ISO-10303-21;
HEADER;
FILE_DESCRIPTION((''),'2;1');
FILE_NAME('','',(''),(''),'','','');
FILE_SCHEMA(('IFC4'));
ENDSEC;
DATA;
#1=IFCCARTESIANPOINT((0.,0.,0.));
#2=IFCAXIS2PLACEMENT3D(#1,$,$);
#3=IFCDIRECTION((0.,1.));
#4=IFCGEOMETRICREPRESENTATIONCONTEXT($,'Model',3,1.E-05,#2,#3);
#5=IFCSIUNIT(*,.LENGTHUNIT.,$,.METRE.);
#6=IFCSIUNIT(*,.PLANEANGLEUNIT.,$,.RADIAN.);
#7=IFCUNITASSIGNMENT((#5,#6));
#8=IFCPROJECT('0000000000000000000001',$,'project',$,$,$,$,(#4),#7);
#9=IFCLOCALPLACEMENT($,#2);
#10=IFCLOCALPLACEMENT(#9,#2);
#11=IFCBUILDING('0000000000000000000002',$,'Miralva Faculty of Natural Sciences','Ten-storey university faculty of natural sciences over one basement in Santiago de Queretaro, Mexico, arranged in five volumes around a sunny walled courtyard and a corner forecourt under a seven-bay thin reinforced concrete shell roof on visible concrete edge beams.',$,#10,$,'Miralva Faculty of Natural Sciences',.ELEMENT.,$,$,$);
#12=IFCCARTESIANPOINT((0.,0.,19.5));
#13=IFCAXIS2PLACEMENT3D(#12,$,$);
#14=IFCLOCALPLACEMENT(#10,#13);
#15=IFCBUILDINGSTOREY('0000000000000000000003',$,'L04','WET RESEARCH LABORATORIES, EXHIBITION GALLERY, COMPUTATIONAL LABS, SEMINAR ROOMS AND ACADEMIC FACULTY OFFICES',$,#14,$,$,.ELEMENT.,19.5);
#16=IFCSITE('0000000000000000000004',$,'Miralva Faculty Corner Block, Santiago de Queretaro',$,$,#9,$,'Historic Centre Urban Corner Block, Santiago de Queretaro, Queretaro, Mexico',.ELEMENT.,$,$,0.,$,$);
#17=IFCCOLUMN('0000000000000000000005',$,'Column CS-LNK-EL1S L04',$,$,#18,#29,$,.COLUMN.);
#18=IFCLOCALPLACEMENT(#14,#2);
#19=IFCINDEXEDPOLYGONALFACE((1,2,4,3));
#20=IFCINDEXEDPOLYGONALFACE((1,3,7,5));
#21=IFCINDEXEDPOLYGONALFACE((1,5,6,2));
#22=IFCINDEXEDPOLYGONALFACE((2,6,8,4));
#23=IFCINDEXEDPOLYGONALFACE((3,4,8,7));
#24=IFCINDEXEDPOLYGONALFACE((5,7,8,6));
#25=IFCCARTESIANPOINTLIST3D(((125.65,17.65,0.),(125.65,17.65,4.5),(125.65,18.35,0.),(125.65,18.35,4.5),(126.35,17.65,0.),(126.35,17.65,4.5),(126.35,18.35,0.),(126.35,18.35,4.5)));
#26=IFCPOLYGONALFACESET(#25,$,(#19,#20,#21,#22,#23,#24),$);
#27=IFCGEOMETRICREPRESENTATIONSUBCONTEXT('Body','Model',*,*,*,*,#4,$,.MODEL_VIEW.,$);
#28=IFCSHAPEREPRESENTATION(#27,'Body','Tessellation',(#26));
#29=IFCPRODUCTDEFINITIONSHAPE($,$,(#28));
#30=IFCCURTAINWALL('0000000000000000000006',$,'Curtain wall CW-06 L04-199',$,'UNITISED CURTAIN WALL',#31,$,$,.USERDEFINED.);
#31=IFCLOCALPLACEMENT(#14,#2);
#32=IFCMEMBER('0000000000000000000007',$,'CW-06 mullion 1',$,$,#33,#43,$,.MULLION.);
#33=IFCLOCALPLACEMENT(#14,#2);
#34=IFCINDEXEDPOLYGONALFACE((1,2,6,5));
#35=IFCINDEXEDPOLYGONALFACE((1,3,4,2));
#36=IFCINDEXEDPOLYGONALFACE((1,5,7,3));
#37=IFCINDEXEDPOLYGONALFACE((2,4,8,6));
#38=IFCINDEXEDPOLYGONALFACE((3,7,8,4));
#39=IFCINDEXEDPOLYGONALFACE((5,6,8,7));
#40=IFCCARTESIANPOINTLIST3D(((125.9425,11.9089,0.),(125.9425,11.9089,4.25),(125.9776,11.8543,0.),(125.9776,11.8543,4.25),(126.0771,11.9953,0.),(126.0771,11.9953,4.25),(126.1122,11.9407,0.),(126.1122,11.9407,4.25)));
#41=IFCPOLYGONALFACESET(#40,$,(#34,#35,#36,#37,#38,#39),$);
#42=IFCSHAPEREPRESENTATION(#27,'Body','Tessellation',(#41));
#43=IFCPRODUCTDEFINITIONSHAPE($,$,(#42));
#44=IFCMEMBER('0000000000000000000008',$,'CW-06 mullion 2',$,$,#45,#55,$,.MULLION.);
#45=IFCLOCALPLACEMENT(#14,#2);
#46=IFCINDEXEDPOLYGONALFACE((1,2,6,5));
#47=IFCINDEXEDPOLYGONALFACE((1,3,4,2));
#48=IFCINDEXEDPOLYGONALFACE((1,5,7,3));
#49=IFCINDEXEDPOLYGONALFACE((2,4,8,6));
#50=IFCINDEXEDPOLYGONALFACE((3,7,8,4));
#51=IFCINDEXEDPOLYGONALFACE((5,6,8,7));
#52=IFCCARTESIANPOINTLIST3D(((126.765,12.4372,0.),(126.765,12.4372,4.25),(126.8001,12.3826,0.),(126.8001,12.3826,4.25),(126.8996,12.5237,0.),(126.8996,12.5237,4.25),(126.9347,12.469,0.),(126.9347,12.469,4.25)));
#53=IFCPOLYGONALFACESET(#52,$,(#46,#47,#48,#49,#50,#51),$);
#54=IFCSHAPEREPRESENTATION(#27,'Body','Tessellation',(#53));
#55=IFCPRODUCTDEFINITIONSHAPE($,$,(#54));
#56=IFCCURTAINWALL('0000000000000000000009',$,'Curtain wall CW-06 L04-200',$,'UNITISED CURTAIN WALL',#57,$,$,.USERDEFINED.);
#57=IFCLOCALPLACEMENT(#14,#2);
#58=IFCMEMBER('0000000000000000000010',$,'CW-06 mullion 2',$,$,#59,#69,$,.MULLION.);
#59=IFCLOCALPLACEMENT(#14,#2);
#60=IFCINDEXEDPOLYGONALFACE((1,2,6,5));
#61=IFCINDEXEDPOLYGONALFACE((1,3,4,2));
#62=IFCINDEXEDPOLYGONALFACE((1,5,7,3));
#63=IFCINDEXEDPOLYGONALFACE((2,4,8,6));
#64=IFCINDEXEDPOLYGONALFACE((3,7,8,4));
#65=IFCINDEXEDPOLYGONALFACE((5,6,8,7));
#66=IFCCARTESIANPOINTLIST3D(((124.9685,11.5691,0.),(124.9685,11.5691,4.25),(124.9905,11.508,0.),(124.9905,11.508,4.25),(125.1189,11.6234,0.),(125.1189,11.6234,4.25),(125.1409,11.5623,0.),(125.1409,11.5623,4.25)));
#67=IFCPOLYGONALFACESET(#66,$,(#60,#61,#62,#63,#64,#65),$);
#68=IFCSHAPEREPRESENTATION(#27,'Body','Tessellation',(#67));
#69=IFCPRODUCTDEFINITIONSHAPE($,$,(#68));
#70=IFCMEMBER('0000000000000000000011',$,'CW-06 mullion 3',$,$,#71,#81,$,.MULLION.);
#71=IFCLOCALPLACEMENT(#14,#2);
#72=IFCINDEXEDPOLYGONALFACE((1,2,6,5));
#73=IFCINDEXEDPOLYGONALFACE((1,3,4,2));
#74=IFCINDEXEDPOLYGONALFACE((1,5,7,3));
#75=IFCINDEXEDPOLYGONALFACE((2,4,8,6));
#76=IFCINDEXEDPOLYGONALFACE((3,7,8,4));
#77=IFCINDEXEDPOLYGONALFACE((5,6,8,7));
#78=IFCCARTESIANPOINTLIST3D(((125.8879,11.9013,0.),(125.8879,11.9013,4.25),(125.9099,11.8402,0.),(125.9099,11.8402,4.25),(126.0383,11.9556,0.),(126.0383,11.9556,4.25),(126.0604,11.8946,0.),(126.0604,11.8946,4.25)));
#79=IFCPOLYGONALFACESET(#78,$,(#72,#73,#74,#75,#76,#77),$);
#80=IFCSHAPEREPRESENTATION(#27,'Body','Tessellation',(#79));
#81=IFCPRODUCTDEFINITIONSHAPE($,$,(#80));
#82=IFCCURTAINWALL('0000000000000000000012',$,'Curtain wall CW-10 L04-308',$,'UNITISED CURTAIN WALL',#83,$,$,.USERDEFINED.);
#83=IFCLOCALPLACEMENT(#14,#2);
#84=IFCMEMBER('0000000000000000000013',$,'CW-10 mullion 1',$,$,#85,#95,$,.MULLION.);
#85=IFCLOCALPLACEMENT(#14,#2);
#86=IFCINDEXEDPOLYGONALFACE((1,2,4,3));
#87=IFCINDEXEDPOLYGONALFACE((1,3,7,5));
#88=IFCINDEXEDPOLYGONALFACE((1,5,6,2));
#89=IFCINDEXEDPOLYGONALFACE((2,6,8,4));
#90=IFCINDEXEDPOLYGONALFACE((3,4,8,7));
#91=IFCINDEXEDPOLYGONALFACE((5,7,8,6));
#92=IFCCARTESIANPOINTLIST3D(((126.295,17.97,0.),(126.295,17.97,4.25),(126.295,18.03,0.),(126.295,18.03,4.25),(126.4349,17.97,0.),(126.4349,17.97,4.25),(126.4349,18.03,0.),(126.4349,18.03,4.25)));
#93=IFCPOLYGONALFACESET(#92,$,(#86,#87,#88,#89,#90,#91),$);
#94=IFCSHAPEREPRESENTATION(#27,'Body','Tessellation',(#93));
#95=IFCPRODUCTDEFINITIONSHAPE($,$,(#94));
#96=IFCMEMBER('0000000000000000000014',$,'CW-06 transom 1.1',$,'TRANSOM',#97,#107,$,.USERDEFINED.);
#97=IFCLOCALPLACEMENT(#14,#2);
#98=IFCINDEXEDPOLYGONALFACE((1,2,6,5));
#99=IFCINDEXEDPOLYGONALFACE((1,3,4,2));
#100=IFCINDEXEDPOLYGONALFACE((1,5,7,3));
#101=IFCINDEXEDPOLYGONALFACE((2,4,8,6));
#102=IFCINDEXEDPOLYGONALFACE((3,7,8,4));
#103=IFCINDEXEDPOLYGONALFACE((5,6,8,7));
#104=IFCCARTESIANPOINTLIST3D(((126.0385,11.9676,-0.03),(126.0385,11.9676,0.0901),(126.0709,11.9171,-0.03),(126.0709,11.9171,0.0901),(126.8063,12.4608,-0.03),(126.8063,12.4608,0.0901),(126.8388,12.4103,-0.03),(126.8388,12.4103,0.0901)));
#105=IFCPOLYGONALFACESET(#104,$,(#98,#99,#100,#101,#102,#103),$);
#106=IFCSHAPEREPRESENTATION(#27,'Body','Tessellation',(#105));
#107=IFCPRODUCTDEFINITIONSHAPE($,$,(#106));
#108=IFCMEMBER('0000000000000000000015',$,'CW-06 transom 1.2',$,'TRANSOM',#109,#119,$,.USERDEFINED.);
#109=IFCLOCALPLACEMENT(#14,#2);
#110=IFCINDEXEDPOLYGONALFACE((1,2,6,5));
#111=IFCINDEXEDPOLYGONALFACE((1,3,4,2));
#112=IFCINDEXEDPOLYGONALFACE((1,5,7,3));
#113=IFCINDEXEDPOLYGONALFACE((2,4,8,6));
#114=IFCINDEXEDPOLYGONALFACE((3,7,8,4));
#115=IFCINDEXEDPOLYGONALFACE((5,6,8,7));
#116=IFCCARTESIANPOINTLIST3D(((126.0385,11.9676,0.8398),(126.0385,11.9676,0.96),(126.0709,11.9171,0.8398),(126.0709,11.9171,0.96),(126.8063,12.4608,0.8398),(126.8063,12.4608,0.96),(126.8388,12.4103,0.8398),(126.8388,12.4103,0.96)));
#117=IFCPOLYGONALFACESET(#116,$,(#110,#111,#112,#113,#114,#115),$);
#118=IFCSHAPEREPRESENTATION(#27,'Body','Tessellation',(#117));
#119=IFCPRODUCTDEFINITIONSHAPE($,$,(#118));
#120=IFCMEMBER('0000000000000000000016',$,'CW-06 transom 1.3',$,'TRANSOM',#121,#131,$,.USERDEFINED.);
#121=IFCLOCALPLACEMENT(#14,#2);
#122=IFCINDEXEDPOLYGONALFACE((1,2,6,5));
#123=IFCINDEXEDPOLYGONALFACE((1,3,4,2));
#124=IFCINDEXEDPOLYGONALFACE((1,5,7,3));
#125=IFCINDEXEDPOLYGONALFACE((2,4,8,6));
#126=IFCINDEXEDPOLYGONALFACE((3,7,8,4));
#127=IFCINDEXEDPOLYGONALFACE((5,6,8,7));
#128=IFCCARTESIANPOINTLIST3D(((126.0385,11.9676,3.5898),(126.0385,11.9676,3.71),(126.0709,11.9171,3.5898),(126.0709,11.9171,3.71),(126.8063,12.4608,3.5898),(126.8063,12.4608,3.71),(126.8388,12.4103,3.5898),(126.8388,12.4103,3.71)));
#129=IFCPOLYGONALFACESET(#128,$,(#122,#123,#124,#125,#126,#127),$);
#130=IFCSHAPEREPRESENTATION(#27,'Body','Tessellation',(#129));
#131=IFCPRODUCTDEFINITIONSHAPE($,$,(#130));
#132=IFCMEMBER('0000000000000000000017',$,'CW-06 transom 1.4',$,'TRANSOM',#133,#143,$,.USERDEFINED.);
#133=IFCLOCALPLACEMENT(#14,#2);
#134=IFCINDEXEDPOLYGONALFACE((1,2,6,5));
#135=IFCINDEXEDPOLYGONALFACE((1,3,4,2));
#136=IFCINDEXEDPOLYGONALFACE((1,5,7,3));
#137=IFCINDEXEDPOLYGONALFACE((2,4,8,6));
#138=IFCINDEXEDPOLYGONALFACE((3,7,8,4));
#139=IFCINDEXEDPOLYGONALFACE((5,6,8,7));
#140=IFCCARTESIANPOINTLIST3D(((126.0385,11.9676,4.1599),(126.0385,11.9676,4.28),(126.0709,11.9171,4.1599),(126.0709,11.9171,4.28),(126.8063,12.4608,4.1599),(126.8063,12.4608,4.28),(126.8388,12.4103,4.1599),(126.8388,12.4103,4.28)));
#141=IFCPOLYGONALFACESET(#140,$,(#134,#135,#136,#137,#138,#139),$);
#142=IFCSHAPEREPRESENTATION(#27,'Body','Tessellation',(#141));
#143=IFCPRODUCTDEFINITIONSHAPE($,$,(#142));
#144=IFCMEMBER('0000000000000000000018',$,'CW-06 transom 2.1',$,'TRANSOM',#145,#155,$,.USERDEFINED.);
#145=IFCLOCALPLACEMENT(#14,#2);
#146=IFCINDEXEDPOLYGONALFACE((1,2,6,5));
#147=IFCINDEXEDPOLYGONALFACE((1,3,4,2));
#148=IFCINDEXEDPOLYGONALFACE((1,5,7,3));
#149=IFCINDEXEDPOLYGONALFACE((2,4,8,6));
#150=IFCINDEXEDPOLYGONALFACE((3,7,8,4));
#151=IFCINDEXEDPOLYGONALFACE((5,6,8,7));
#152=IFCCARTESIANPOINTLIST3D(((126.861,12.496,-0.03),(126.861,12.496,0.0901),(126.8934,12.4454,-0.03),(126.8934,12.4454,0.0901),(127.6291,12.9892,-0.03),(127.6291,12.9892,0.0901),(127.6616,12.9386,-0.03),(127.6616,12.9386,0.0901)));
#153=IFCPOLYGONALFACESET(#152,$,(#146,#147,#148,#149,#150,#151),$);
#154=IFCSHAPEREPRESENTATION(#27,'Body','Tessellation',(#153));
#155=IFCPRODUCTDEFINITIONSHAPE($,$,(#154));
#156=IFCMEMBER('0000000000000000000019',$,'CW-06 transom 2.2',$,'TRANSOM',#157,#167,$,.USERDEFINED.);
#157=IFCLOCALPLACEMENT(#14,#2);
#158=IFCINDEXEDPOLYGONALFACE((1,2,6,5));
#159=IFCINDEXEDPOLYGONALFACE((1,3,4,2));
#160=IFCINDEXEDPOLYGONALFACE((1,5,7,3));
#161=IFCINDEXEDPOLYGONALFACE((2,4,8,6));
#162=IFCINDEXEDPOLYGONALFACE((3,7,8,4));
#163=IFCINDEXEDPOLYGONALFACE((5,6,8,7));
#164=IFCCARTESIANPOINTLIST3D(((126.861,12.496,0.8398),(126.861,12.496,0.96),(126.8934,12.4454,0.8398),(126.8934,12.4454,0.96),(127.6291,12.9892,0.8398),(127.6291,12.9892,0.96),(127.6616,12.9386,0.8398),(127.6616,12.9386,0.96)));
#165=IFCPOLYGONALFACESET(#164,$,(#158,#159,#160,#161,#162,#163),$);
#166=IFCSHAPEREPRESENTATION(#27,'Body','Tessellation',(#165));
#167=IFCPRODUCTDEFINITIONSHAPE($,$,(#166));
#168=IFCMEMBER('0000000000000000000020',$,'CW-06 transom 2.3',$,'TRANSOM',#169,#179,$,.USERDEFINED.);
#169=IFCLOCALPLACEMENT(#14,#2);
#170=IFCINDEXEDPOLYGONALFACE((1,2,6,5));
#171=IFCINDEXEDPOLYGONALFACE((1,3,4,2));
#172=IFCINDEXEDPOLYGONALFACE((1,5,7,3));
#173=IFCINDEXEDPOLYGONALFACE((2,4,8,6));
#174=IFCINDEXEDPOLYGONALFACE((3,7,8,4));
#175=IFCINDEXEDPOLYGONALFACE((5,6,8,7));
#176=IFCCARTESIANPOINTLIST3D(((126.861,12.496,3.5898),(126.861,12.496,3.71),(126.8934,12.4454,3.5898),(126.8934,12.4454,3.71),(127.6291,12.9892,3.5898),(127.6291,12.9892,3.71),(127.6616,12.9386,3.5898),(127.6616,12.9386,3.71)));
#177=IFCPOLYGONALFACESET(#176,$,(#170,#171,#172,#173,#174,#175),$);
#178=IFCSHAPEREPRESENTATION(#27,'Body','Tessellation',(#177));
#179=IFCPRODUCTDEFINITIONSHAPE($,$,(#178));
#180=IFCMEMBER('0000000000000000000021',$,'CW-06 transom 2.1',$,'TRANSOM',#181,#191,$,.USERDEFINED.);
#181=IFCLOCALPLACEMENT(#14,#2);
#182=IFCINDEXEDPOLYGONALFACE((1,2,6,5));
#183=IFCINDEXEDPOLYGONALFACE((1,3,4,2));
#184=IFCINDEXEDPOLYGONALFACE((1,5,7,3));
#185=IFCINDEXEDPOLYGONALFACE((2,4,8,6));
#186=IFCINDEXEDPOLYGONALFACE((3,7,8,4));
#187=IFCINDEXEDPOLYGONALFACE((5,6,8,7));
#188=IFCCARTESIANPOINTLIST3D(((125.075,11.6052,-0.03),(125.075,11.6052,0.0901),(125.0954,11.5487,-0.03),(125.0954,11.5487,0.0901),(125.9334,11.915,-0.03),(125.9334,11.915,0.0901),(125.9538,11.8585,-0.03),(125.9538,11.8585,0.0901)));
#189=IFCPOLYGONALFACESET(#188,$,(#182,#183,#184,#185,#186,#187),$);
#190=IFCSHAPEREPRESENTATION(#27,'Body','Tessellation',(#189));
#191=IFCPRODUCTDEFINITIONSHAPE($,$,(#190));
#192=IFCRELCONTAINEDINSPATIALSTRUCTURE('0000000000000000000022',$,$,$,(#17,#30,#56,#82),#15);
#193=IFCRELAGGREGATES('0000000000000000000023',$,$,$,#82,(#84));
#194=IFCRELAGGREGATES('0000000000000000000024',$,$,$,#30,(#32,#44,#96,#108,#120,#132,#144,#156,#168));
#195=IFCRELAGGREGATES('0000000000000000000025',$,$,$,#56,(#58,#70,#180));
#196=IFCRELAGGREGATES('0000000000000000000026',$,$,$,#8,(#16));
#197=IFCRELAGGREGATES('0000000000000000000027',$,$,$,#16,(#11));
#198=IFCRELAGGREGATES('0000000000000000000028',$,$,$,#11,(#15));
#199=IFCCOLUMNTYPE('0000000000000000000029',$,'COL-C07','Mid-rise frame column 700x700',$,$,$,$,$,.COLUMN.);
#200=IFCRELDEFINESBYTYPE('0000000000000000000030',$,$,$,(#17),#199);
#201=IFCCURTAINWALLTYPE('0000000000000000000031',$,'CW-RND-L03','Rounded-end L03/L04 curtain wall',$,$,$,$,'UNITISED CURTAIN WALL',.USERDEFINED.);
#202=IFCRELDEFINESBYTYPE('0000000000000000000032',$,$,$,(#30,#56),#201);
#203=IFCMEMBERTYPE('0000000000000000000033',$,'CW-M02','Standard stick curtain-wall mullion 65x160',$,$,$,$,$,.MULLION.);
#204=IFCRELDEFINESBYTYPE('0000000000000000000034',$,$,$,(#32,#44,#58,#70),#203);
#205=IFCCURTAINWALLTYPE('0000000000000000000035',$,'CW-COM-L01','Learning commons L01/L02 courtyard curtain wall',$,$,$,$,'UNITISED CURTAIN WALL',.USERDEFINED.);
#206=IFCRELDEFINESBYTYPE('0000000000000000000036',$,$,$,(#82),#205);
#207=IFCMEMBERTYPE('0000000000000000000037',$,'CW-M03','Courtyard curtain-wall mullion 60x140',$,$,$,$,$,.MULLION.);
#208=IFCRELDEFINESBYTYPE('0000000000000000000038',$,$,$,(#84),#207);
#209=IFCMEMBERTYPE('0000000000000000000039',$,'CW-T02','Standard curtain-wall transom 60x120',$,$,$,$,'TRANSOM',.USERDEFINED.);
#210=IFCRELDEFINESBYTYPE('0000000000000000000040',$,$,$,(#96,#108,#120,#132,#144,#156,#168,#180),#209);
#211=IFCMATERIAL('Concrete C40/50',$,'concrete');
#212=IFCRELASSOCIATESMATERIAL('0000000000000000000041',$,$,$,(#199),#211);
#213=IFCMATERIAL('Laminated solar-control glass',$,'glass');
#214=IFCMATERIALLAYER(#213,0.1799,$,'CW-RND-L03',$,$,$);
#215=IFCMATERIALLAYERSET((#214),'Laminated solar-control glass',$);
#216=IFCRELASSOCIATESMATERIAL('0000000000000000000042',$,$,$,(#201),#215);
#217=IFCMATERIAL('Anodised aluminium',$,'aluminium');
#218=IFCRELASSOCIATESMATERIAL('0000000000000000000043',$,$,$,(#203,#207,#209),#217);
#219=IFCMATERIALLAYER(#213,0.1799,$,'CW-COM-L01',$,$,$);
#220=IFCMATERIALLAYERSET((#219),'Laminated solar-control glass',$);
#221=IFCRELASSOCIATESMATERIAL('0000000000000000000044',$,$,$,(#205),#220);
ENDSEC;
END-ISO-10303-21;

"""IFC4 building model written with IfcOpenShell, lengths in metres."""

from ifc_helpers import new_model, si_unit, direction, frame, origin, origin_2d, place, context, subcontext, project, spatial, rectangle, extrude, material, layer, layer_set, material_profile, profile_set, type_object, element, aggregate, save


model = new_model("IFC4")

# Units and contexts
model_context = context("Model", 3, precision=1e-05, world=origin(), true_north=direction((0.0, 1.0)))
body_context = subcontext(model_context, "Body", "Model", "MODEL_VIEW")
ifc_project = project(units=[si_unit("LENGTHUNIT", "METRE"), si_unit("PLANEANGLEUNIT", "RADIAN")], contexts=[model_context])

# Site, building, storey
site_placement = place(None, origin())
site = spatial("IfcSite", under=ifc_project, at=site_placement, Name="Miralva Faculty Corner Block, Santiago de Queretaro", LongName="Historic Centre Urban Corner Block, Santiago de Queretaro, Queretaro, Mexico", CompositionType="ELEMENT", RefElevation=0.0)
building_placement = place(site_placement, origin())
building = spatial("IfcBuilding", under=site, at=building_placement, Name="Miralva Faculty of Natural Sciences", Description="Ten-storey university faculty of natural sciences over one basement in Santiago de Queretaro, Mexico, arranged in five volumes around a sunny walled courtyard and a corner forecourt under a seven-bay thin reinforced concrete shell roof on visible concrete edge beams.", LongName="Miralva Faculty of Natural Sciences", CompositionType="ELEMENT")
storey_placement = place(building_placement, frame((0.0, 0.0, 19.5)))
storey = spatial("IfcBuildingStorey", under=building, at=storey_placement, Name="L04", Description="WET RESEARCH LABORATORIES, EXHIBITION GALLERY, COMPUTATIONAL LABS, SEMINAR ROOMS AND ACADEMIC FACULTY OFFICES", CompositionType="ELEMENT", Elevation=19.5)

# Column
ifc_material_1 = material(Name="Concrete C40/50", Category="concrete")
ifc_material_profile_1 = material_profile(ifc_material_1, rectangle(XDim=0.7, YDim=0.7, at=origin_2d()), Name="RC 700x700")
ifc_profile_set_1 = profile_set([ifc_material_profile_1], Name="Concrete C40/50")
column_type = type_object("IfcColumnType", Name="COL-C07", Description="Mid-rise frame column 700x700", PredefinedType="COLUMN", material=ifc_profile_set_1)
column_placement = place(storey_placement, frame((126.0, 18.0, 0.0), z_axis=(0.0, 0.0, 1.0), x_axis=(1.0, 0.0, 0.0)))
element("IfcColumn", 1, at=column_placement, inside=storey, type_object=column_type, Name="Column CS-LNK-EL1S L04", PredefinedType="COLUMN", context=body_context, shape_type="SweptSolid", body=[
    extrude(rectangle(XDim=0.7, YDim=0.7, at=origin_2d()), origin(), (0.0, 0.0, 1.0), 4.5),
])

# Curtain walls, members
ifc_material_2 = material(Name="Laminated solar-control glass", Category="glass")
ifc_layer_1 = layer(ifc_material_2, 0.1799, Name="CW-RND-L03")
ifc_layer_set_1 = layer_set([ifc_layer_1], Name="Laminated solar-control glass")
curtain_wall_type_1 = type_object("IfcCurtainWallType", Name="CW-RND-L03", Description="Rounded-end L03/L04 curtain wall", ElementType="UNITISED CURTAIN WALL", PredefinedType="USERDEFINED", material=ifc_layer_set_1)
curtain_wall_1_placement = place(storey_placement, origin())
curtain_wall_1 = element("IfcCurtainWall", 2, at=curtain_wall_1_placement, inside=storey, type_object=curtain_wall_type_1, Name="Curtain wall CW-06 L04-199", ObjectType="UNITISED CURTAIN WALL", PredefinedType="USERDEFINED")
ifc_material_3 = material(Name="Anodised aluminium", Category="aluminium")
ifc_material_profile_2 = material_profile(ifc_material_3, rectangle(XDim=0.0649, YDim=0.1599, at=origin_2d()), Name="MULLION 65x160")
ifc_profile_set_2 = profile_set([ifc_material_profile_2], Name="Anodised aluminium")
member_type_1 = type_object("IfcMemberType", Name="CW-M02", Description="Standard stick curtain-wall mullion 65x160", PredefinedType="MULLION", material=ifc_profile_set_2)
member_1_placement = place(storey_placement, frame((126.0273, 11.9248, 0.0), z_axis=(0.0, 0.0, 1.0), x_axis=(-0.540445, 0.841379, 0.0)))
member_1 = element("IfcMember", 3, at=member_1_placement, type_object=member_type_1, Name="CW-06 mullion 1", PredefinedType="MULLION", context=body_context, shape_type="SweptSolid", body=[
    extrude(rectangle(XDim=0.0649, YDim=0.1599, at=origin_2d()), origin(), (0.0, 0.0, 1.0), 4.25),
])
member_2_placement = place(storey_placement, frame((126.8499, 12.4531, 0.0), z_axis=(0.0, 0.0, 1.0), x_axis=(-0.540445, 0.841379, 0.0)))
member_2 = element("IfcMember", 4, at=member_2_placement, type_object=member_type_1, Name="CW-06 mullion 2", PredefinedType="MULLION", context=body_context, shape_type="SweptSolid", body=[
    extrude(rectangle(XDim=0.0649, YDim=0.1599, at=origin_2d()), origin(), (0.0, 0.0, 1.0), 4.25),
])
curtain_wall_2_placement = place(storey_placement, origin())
curtain_wall_2 = element("IfcCurtainWall", 5, at=curtain_wall_2_placement, inside=storey, type_object=curtain_wall_type_1, Name="Curtain wall CW-06 L04-200", ObjectType="UNITISED CURTAIN WALL", PredefinedType="USERDEFINED")
member_3_placement = place(storey_placement, frame((125.0547, 11.5657, 0.0), z_axis=(0.0, 0.0, 1.0), x_axis=(-0.339696, 0.940535, 0.0)))
member_3 = element("IfcMember", 6, at=member_3_placement, type_object=member_type_1, Name="CW-06 mullion 2", PredefinedType="MULLION", context=body_context, shape_type="SweptSolid", body=[
    extrude(rectangle(XDim=0.0649, YDim=0.1599, at=origin_2d()), origin(), (0.0, 0.0, 1.0), 4.25),
])
member_4_placement = place(storey_placement, frame((125.9741, 11.8979, 0.0), z_axis=(0.0, 0.0, 1.0), x_axis=(-0.339696, 0.940535, 0.0)))
member_4 = element("IfcMember", 7, at=member_4_placement, type_object=member_type_1, Name="CW-06 mullion 3", PredefinedType="MULLION", context=body_context, shape_type="SweptSolid", body=[
    extrude(rectangle(XDim=0.0649, YDim=0.1599, at=origin_2d()), origin(), (0.0, 0.0, 1.0), 4.25),
])

# Curtain wall, member
ifc_layer_2 = layer(ifc_material_2, 0.1799, Name="CW-COM-L01")
ifc_layer_set_2 = layer_set([ifc_layer_2], Name="Laminated solar-control glass")
curtain_wall_type_2 = type_object("IfcCurtainWallType", Name="CW-COM-L01", Description="Learning commons L01/L02 courtyard curtain wall", ElementType="UNITISED CURTAIN WALL", PredefinedType="USERDEFINED", material=ifc_layer_set_2)
curtain_wall_3_placement = place(storey_placement, origin())
curtain_wall_3 = element("IfcCurtainWall", 8, at=curtain_wall_3_placement, inside=storey, type_object=curtain_wall_type_2, Name="Curtain wall CW-10 L04-308", ObjectType="UNITISED CURTAIN WALL", PredefinedType="USERDEFINED")
ifc_material_profile_3 = material_profile(ifc_material_3, rectangle(XDim=0.0601, YDim=0.1399, at=origin_2d()), Name="MULLION 60x140")
ifc_profile_set_3 = profile_set([ifc_material_profile_3], Name="Anodised aluminium")
member_type_2 = type_object("IfcMemberType", Name="CW-M03", Description="Courtyard curtain-wall mullion 60x140", PredefinedType="MULLION", material=ifc_profile_set_3)
member_5_placement = place(storey_placement, frame((126.365, 18.0, 0.0), z_axis=(0.0, 0.0, 1.0), x_axis=(0.0, 1.0, 0.0)))
member_5 = element("IfcMember", 9, at=member_5_placement, type_object=member_type_2, Name="CW-10 mullion 1", PredefinedType="MULLION", context=body_context, shape_type="SweptSolid", body=[
    extrude(rectangle(XDim=0.0601, YDim=0.1399, at=origin_2d()), origin(), (0.0, 0.0, 1.0), 4.25),
])

# Members
ifc_material_profile_4 = material_profile(ifc_material_3, rectangle(XDim=0.0601, YDim=0.1201, at=origin_2d()), Name="TRANSOM 60x120")
ifc_profile_set_4 = profile_set([ifc_material_profile_4], Name="Anodised aluminium")
member_type_3 = type_object("IfcMemberType", Name="CW-T02", Description="Standard curtain-wall transom 60x120", ElementType="TRANSOM", PredefinedType="USERDEFINED", material=ifc_profile_set_4)
member_6_placement = place(storey_placement, frame((126.0547, 11.9424, 0.03), z_axis=(0.841396, 0.54042, 0.0), x_axis=(-0.54042, 0.841396, 0.0)))
member_6 = element("IfcMember", 10, at=member_6_placement, type_object=member_type_3, Name="CW-06 transom 1.1", ObjectType="TRANSOM", PredefinedType="USERDEFINED", context=body_context, shape_type="SweptSolid", body=[
    extrude(rectangle(XDim=0.0601, YDim=0.1201, at=origin_2d()), origin(), (0.0, 0.0, 1.0), 0.9126),
])
member_7_placement = place(storey_placement, frame((126.0547, 11.9424, 0.8999), z_axis=(0.841396, 0.54042, 0.0), x_axis=(-0.54042, 0.841396, 0.0)))
member_7 = element("IfcMember", 11, at=member_7_placement, type_object=member_type_3, Name="CW-06 transom 1.2", ObjectType="TRANSOM", PredefinedType="USERDEFINED", context=body_context, shape_type="SweptSolid", body=[
    extrude(rectangle(XDim=0.0601, YDim=0.1201, at=origin_2d()), origin(), (0.0, 0.0, 1.0), 0.9126),
])
member_8_placement = place(storey_placement, frame((126.0547, 11.9424, 3.6499), z_axis=(0.841396, 0.54042, 0.0), x_axis=(-0.54042, 0.841396, 0.0)))
member_8 = element("IfcMember", 12, at=member_8_placement, type_object=member_type_3, Name="CW-06 transom 1.3", ObjectType="TRANSOM", PredefinedType="USERDEFINED", context=body_context, shape_type="SweptSolid", body=[
    extrude(rectangle(XDim=0.0601, YDim=0.1201, at=origin_2d()), origin(), (0.0, 0.0, 1.0), 0.9126),
])
member_9_placement = place(storey_placement, frame((126.0547, 11.9424, 4.22), z_axis=(0.841396, 0.54042, 0.0), x_axis=(-0.54042, 0.841396, 0.0)))
member_9 = element("IfcMember", 13, at=member_9_placement, type_object=member_type_3, Name="CW-06 transom 1.4", ObjectType="TRANSOM", PredefinedType="USERDEFINED", context=body_context, shape_type="SweptSolid", body=[
    extrude(rectangle(XDim=0.0601, YDim=0.1201, at=origin_2d()), origin(), (0.0, 0.0, 1.0), 0.9126),
])
member_10_placement = place(storey_placement, frame((126.8772, 12.4707, 0.03), z_axis=(0.841474, 0.540298, 0.0), x_axis=(-0.540298, 0.841474, 0.0)))
member_10 = element("IfcMember", 14, at=member_10_placement, type_object=member_type_3, Name="CW-06 transom 2.1", ObjectType="TRANSOM", PredefinedType="USERDEFINED", context=body_context, shape_type="SweptSolid", body=[
    extrude(rectangle(XDim=0.0601, YDim=0.1201, at=origin_2d()), origin(), (0.0, 0.0, 1.0), 0.9128),
])
member_11_placement = place(storey_placement, frame((126.8772, 12.4707, 0.8999), z_axis=(0.841474, 0.540298, 0.0), x_axis=(-0.540298, 0.841474, 0.0)))
member_11 = element("IfcMember", 15, at=member_11_placement, type_object=member_type_3, Name="CW-06 transom 2.2", ObjectType="TRANSOM", PredefinedType="USERDEFINED", context=body_context, shape_type="SweptSolid", body=[
    extrude(rectangle(XDim=0.0601, YDim=0.1201, at=origin_2d()), origin(), (0.0, 0.0, 1.0), 0.9128),
])
member_12_placement = place(storey_placement, frame((126.8772, 12.4707, 3.6499), z_axis=(0.841474, 0.540298, 0.0), x_axis=(-0.540298, 0.841474, 0.0)))
member_12 = element("IfcMember", 16, at=member_12_placement, type_object=member_type_3, Name="CW-06 transom 2.3", ObjectType="TRANSOM", PredefinedType="USERDEFINED", context=body_context, shape_type="SweptSolid", body=[
    extrude(rectangle(XDim=0.0601, YDim=0.1201, at=origin_2d()), origin(), (0.0, 0.0, 1.0), 0.9128),
])
member_13_placement = place(storey_placement, frame((125.0852, 11.5769, 0.03), z_axis=(0.940611, 0.339487, 0.0), x_axis=(-0.339487, 0.940611, 0.0)))
member_13 = element("IfcMember", 17, at=member_13_placement, type_object=member_type_3, Name="CW-06 transom 2.1", ObjectType="TRANSOM", PredefinedType="USERDEFINED", context=body_context, shape_type="SweptSolid", body=[
    extrude(rectangle(XDim=0.0601, YDim=0.1201, at=origin_2d()), origin(), (0.0, 0.0, 1.0), 0.9126),
])
aggregate(curtain_wall_3, [member_5])

aggregate(curtain_wall_1, [member_1, member_2, member_6, member_7, member_8, member_9, member_10, member_11, member_12])
aggregate(curtain_wall_2, [member_3, member_4, member_13])

save(model, "model.ifc")
